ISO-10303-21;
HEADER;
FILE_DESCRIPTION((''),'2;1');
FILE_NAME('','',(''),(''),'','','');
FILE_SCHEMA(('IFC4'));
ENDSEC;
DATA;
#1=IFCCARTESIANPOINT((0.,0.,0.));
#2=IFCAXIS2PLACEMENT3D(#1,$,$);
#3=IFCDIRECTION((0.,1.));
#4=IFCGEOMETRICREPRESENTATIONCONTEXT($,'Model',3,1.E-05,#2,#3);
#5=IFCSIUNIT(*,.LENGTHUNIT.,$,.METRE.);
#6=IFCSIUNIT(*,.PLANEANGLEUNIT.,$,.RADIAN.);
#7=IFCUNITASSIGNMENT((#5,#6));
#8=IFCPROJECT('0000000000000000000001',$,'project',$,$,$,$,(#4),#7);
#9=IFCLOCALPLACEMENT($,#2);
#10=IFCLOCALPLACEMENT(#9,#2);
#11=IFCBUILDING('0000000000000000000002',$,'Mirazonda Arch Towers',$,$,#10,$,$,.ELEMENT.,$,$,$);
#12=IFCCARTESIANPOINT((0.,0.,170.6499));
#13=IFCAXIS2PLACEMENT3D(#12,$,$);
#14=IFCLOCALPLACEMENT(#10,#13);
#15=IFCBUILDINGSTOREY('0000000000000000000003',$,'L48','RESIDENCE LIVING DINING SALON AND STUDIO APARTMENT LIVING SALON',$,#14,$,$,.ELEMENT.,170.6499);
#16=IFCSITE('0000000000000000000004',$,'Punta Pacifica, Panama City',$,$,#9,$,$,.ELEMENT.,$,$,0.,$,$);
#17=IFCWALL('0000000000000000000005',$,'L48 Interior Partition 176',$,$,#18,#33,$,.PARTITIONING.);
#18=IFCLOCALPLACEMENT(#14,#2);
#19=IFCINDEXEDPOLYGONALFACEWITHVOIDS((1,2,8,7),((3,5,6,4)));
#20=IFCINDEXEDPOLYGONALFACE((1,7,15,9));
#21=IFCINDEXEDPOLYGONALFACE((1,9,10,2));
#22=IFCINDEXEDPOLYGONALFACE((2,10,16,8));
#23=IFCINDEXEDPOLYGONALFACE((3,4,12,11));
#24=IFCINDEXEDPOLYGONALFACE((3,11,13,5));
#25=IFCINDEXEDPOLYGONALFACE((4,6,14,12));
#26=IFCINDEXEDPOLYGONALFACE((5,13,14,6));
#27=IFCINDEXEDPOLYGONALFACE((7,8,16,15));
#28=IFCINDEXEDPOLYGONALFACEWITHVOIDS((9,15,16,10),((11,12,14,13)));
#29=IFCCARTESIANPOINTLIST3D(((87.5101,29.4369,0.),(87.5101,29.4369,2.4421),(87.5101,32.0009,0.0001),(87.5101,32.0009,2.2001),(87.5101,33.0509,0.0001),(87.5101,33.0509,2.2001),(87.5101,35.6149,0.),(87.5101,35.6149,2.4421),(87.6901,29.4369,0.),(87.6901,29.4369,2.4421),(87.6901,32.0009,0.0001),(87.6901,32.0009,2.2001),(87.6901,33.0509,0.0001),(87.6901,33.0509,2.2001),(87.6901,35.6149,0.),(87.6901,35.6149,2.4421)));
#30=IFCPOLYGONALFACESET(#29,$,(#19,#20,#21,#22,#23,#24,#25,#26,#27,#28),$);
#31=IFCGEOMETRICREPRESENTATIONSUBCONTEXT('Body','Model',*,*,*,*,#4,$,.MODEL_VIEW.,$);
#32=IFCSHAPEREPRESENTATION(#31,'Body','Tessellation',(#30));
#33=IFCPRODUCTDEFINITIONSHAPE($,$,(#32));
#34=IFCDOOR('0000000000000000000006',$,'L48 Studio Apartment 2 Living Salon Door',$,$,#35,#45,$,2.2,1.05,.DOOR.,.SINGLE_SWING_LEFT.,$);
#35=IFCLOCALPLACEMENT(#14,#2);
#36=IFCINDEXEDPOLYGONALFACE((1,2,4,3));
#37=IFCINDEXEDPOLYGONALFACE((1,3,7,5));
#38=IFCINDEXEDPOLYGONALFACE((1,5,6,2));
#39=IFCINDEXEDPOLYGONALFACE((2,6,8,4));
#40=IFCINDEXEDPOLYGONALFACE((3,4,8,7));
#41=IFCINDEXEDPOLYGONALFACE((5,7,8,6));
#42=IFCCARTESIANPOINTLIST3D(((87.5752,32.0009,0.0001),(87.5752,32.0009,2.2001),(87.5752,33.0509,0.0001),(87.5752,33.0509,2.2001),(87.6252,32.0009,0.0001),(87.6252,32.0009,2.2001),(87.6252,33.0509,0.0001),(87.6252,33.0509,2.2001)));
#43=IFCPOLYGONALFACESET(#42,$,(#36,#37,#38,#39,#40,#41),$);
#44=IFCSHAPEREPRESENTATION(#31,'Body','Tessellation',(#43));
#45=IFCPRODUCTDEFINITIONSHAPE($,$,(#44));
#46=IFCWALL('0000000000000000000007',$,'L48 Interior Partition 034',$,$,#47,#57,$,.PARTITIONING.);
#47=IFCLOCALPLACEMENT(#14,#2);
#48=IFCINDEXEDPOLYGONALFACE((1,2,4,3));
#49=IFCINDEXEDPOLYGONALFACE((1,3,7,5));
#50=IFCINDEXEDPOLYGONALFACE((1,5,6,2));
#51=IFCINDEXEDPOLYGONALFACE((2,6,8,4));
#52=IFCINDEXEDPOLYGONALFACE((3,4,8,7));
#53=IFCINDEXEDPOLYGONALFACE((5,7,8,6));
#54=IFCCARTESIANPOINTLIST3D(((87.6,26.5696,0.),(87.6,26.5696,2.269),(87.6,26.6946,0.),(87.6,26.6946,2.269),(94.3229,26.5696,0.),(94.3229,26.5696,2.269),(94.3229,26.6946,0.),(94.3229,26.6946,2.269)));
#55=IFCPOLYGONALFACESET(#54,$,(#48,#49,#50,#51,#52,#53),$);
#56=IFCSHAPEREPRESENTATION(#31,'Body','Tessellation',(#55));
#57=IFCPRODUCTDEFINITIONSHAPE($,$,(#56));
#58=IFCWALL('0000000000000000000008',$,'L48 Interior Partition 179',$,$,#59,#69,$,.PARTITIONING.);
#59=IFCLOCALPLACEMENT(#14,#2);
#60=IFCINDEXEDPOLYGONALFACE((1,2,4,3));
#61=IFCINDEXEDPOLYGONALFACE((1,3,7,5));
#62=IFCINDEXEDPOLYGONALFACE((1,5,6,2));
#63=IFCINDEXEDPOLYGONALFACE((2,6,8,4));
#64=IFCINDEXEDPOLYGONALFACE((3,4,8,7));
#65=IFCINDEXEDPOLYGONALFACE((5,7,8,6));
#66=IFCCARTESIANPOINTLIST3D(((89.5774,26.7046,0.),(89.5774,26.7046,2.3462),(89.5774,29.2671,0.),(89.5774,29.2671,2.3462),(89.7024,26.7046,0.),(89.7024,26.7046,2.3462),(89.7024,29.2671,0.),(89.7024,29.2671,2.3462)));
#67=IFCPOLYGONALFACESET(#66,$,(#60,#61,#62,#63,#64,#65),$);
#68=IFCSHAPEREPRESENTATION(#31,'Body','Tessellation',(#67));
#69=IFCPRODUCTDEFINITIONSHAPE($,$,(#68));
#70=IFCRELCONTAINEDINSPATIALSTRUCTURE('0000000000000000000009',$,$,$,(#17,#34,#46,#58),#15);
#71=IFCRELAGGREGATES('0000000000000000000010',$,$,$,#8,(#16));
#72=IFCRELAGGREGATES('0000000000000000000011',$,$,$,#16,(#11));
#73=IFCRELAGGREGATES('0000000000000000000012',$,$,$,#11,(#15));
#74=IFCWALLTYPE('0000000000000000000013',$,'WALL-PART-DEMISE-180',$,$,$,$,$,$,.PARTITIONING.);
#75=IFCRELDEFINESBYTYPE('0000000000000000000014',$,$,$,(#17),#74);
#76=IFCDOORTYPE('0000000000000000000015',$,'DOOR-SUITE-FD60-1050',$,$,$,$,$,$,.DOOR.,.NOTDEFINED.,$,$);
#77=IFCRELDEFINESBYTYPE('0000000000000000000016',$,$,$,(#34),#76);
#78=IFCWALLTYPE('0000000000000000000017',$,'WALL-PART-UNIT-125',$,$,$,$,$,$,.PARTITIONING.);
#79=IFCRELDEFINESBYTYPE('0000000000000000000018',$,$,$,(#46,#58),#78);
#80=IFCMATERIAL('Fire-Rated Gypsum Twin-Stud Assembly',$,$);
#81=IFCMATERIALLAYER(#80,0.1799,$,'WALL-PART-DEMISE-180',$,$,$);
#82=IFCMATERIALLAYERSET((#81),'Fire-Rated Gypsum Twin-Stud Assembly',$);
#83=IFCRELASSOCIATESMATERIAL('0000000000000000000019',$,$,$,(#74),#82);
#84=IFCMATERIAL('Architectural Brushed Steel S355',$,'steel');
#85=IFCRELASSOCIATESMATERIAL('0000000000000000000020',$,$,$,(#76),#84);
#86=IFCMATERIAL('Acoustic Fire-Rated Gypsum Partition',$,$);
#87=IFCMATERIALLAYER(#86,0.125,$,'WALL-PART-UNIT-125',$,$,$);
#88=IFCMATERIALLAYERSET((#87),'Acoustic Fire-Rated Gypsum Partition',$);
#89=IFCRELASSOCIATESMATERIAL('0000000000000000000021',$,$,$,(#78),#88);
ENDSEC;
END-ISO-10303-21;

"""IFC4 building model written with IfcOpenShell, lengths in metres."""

from ifc_helpers import new_model, si_unit, direction, frame, frame_2d, origin, place, context, subcontext, project, spatial, rectangle, extrude, material, layer, layer_set, type_object, element, fill, save


model = new_model("IFC4")

# Units and contexts
model_context = context("Model", 3, precision=1e-05, world=origin(), true_north=direction((0.0, 1.0)))
body_context = subcontext(model_context, "Body", "Model", "MODEL_VIEW")
ifc_project = project(units=[si_unit("LENGTHUNIT", "METRE"), si_unit("PLANEANGLEUNIT", "RADIAN")], contexts=[model_context])

# Site, building, storey
site_placement = place(None, origin())
site = spatial("IfcSite", under=ifc_project, at=site_placement, Name="Punta Pacifica, Panama City", CompositionType="ELEMENT", RefElevation=0.0)
building_placement = place(site_placement, origin())
building = spatial("IfcBuilding", under=site, at=building_placement, Name="Mirazonda Arch Towers", CompositionType="ELEMENT")
storey_placement = place(building_placement, frame((0.0, 0.0, 170.6499)))
storey = spatial("IfcBuildingStorey", under=building, at=storey_placement, Name="L48", Description="RESIDENCE LIVING DINING SALON AND STUDIO APARTMENT LIVING SALON", CompositionType="ELEMENT", Elevation=170.6499)

# Shared definitions
ifc_material_1 = material(Name="Architectural Brushed Steel S355", Category="steel")

# Shared definitions
ifc_material_2 = material(Name="Fire-Rated Gypsum Twin-Stud Assembly")
ifc_layer_1 = layer(ifc_material_2, 0.1799, Name="WALL-PART-DEMISE-180")
ifc_layer_set_1 = layer_set([ifc_layer_1], Name="Fire-Rated Gypsum Twin-Stud Assembly")
wall_type_1 = type_object("IfcWallType", Name="WALL-PART-DEMISE-180", PredefinedType="PARTITIONING", material=ifc_layer_set_1)

# Wall, opening, door
wall_1_placement = place(storey_placement, frame((87.6001, 29.437, 0.0), z_axis=(0.0, 0.0, 1.0), x_axis=(0.0, 1.0, 0.0)))
wall_1 = element("IfcWall", 1, at=wall_1_placement, inside=storey, type_object=wall_type_1, Name="L48 Interior Partition 176", PredefinedType="PARTITIONING", context=body_context, shape_type="SweptSolid", body=[
    extrude(rectangle(XDim=6.178, YDim=0.1799, at=frame_2d((3.0889, 0.0))), origin(), (0.0, 0.0, 1.0), 2.4421),
])
opening_1_placement = place(wall_1_placement, frame((2.564, 0.0, 0.0)))
opening_1 = element("IfcOpeningElement", 2, at=opening_1_placement, cuts=wall_1, PredefinedType="OPENING", context=body_context, shape_type="SweptSolid", body=[
    extrude(rectangle(XDim=1.05, YDim=2.2, at=frame_2d((0.5249, 1.1001))), frame((0.0, 0.0999, 0.0), z_axis=(0.0, -1.0, 0.0), x_axis=(1.0, 0.0, 0.0)), (0.0, 0.0, 1.0), 0.2),
])
door_type_1 = type_object("IfcDoorType", Name="DOOR-SUITE-FD60-1050", OperationType="NOTDEFINED", PredefinedType="DOOR", material=ifc_material_1)
door_1_placement = place(opening_1_placement, origin())
door_1 = element("IfcDoor", 3, at=door_1_placement, inside=storey, type_object=door_type_1, Name="L48 Studio Apartment 2 Living Salon Door", OperationType="SINGLE_SWING_LEFT", OverallHeight=2.2, OverallWidth=1.05, PredefinedType="DOOR", context=body_context, shape_type="SweptSolid", body=[
    extrude(rectangle(XDim=1.05, YDim=2.2, at=frame_2d((0.5249, 1.1001))), frame((0.0, 0.0249, 0.0), z_axis=(0.0, -1.0, 0.0), x_axis=(1.0, 0.0, 0.0)), (0.0, 0.0, 1.0), 0.05),
])
fill(opening_1, door_1)

# Walls
ifc_material_3 = material(Name="Acoustic Fire-Rated Gypsum Partition")
ifc_layer_2 = layer(ifc_material_3, 0.125, Name="WALL-PART-UNIT-125")
ifc_layer_set_2 = layer_set([ifc_layer_2], Name="Acoustic Fire-Rated Gypsum Partition")
wall_type_2 = type_object("IfcWallType", Name="WALL-PART-UNIT-125", PredefinedType="PARTITIONING", material=ifc_layer_set_2)
wall_2_placement = place(storey_placement, frame((87.6001, 26.6321, 0.0), z_axis=(0.0, 0.0, 1.0), x_axis=(1.0, 0.0, 0.0)))
element("IfcWall", 4, at=wall_2_placement, inside=storey, type_object=wall_type_2, Name="L48 Interior Partition 034", PredefinedType="PARTITIONING", context=body_context, shape_type="SweptSolid", body=[
    extrude(rectangle(XDim=6.7229, YDim=0.125, at=frame_2d((3.3613, 0.0))), origin(), (0.0, 0.0, 1.0), 2.269),
])
wall_3_placement = place(storey_placement, frame((89.6399, 26.7046, 0.0), z_axis=(0.0, 0.0, 1.0), x_axis=(0.0, 1.0, 0.0)))
element("IfcWall", 5, at=wall_3_placement, inside=storey, type_object=wall_type_2, Name="L48 Interior Partition 179", PredefinedType="PARTITIONING", context=body_context, shape_type="SweptSolid", body=[
    extrude(rectangle(XDim=2.5625, YDim=0.125, at=frame_2d((1.2812, 0.0))), origin(), (0.0, 0.0, 1.0), 2.3462),
])

save(model, "model.ifc")
